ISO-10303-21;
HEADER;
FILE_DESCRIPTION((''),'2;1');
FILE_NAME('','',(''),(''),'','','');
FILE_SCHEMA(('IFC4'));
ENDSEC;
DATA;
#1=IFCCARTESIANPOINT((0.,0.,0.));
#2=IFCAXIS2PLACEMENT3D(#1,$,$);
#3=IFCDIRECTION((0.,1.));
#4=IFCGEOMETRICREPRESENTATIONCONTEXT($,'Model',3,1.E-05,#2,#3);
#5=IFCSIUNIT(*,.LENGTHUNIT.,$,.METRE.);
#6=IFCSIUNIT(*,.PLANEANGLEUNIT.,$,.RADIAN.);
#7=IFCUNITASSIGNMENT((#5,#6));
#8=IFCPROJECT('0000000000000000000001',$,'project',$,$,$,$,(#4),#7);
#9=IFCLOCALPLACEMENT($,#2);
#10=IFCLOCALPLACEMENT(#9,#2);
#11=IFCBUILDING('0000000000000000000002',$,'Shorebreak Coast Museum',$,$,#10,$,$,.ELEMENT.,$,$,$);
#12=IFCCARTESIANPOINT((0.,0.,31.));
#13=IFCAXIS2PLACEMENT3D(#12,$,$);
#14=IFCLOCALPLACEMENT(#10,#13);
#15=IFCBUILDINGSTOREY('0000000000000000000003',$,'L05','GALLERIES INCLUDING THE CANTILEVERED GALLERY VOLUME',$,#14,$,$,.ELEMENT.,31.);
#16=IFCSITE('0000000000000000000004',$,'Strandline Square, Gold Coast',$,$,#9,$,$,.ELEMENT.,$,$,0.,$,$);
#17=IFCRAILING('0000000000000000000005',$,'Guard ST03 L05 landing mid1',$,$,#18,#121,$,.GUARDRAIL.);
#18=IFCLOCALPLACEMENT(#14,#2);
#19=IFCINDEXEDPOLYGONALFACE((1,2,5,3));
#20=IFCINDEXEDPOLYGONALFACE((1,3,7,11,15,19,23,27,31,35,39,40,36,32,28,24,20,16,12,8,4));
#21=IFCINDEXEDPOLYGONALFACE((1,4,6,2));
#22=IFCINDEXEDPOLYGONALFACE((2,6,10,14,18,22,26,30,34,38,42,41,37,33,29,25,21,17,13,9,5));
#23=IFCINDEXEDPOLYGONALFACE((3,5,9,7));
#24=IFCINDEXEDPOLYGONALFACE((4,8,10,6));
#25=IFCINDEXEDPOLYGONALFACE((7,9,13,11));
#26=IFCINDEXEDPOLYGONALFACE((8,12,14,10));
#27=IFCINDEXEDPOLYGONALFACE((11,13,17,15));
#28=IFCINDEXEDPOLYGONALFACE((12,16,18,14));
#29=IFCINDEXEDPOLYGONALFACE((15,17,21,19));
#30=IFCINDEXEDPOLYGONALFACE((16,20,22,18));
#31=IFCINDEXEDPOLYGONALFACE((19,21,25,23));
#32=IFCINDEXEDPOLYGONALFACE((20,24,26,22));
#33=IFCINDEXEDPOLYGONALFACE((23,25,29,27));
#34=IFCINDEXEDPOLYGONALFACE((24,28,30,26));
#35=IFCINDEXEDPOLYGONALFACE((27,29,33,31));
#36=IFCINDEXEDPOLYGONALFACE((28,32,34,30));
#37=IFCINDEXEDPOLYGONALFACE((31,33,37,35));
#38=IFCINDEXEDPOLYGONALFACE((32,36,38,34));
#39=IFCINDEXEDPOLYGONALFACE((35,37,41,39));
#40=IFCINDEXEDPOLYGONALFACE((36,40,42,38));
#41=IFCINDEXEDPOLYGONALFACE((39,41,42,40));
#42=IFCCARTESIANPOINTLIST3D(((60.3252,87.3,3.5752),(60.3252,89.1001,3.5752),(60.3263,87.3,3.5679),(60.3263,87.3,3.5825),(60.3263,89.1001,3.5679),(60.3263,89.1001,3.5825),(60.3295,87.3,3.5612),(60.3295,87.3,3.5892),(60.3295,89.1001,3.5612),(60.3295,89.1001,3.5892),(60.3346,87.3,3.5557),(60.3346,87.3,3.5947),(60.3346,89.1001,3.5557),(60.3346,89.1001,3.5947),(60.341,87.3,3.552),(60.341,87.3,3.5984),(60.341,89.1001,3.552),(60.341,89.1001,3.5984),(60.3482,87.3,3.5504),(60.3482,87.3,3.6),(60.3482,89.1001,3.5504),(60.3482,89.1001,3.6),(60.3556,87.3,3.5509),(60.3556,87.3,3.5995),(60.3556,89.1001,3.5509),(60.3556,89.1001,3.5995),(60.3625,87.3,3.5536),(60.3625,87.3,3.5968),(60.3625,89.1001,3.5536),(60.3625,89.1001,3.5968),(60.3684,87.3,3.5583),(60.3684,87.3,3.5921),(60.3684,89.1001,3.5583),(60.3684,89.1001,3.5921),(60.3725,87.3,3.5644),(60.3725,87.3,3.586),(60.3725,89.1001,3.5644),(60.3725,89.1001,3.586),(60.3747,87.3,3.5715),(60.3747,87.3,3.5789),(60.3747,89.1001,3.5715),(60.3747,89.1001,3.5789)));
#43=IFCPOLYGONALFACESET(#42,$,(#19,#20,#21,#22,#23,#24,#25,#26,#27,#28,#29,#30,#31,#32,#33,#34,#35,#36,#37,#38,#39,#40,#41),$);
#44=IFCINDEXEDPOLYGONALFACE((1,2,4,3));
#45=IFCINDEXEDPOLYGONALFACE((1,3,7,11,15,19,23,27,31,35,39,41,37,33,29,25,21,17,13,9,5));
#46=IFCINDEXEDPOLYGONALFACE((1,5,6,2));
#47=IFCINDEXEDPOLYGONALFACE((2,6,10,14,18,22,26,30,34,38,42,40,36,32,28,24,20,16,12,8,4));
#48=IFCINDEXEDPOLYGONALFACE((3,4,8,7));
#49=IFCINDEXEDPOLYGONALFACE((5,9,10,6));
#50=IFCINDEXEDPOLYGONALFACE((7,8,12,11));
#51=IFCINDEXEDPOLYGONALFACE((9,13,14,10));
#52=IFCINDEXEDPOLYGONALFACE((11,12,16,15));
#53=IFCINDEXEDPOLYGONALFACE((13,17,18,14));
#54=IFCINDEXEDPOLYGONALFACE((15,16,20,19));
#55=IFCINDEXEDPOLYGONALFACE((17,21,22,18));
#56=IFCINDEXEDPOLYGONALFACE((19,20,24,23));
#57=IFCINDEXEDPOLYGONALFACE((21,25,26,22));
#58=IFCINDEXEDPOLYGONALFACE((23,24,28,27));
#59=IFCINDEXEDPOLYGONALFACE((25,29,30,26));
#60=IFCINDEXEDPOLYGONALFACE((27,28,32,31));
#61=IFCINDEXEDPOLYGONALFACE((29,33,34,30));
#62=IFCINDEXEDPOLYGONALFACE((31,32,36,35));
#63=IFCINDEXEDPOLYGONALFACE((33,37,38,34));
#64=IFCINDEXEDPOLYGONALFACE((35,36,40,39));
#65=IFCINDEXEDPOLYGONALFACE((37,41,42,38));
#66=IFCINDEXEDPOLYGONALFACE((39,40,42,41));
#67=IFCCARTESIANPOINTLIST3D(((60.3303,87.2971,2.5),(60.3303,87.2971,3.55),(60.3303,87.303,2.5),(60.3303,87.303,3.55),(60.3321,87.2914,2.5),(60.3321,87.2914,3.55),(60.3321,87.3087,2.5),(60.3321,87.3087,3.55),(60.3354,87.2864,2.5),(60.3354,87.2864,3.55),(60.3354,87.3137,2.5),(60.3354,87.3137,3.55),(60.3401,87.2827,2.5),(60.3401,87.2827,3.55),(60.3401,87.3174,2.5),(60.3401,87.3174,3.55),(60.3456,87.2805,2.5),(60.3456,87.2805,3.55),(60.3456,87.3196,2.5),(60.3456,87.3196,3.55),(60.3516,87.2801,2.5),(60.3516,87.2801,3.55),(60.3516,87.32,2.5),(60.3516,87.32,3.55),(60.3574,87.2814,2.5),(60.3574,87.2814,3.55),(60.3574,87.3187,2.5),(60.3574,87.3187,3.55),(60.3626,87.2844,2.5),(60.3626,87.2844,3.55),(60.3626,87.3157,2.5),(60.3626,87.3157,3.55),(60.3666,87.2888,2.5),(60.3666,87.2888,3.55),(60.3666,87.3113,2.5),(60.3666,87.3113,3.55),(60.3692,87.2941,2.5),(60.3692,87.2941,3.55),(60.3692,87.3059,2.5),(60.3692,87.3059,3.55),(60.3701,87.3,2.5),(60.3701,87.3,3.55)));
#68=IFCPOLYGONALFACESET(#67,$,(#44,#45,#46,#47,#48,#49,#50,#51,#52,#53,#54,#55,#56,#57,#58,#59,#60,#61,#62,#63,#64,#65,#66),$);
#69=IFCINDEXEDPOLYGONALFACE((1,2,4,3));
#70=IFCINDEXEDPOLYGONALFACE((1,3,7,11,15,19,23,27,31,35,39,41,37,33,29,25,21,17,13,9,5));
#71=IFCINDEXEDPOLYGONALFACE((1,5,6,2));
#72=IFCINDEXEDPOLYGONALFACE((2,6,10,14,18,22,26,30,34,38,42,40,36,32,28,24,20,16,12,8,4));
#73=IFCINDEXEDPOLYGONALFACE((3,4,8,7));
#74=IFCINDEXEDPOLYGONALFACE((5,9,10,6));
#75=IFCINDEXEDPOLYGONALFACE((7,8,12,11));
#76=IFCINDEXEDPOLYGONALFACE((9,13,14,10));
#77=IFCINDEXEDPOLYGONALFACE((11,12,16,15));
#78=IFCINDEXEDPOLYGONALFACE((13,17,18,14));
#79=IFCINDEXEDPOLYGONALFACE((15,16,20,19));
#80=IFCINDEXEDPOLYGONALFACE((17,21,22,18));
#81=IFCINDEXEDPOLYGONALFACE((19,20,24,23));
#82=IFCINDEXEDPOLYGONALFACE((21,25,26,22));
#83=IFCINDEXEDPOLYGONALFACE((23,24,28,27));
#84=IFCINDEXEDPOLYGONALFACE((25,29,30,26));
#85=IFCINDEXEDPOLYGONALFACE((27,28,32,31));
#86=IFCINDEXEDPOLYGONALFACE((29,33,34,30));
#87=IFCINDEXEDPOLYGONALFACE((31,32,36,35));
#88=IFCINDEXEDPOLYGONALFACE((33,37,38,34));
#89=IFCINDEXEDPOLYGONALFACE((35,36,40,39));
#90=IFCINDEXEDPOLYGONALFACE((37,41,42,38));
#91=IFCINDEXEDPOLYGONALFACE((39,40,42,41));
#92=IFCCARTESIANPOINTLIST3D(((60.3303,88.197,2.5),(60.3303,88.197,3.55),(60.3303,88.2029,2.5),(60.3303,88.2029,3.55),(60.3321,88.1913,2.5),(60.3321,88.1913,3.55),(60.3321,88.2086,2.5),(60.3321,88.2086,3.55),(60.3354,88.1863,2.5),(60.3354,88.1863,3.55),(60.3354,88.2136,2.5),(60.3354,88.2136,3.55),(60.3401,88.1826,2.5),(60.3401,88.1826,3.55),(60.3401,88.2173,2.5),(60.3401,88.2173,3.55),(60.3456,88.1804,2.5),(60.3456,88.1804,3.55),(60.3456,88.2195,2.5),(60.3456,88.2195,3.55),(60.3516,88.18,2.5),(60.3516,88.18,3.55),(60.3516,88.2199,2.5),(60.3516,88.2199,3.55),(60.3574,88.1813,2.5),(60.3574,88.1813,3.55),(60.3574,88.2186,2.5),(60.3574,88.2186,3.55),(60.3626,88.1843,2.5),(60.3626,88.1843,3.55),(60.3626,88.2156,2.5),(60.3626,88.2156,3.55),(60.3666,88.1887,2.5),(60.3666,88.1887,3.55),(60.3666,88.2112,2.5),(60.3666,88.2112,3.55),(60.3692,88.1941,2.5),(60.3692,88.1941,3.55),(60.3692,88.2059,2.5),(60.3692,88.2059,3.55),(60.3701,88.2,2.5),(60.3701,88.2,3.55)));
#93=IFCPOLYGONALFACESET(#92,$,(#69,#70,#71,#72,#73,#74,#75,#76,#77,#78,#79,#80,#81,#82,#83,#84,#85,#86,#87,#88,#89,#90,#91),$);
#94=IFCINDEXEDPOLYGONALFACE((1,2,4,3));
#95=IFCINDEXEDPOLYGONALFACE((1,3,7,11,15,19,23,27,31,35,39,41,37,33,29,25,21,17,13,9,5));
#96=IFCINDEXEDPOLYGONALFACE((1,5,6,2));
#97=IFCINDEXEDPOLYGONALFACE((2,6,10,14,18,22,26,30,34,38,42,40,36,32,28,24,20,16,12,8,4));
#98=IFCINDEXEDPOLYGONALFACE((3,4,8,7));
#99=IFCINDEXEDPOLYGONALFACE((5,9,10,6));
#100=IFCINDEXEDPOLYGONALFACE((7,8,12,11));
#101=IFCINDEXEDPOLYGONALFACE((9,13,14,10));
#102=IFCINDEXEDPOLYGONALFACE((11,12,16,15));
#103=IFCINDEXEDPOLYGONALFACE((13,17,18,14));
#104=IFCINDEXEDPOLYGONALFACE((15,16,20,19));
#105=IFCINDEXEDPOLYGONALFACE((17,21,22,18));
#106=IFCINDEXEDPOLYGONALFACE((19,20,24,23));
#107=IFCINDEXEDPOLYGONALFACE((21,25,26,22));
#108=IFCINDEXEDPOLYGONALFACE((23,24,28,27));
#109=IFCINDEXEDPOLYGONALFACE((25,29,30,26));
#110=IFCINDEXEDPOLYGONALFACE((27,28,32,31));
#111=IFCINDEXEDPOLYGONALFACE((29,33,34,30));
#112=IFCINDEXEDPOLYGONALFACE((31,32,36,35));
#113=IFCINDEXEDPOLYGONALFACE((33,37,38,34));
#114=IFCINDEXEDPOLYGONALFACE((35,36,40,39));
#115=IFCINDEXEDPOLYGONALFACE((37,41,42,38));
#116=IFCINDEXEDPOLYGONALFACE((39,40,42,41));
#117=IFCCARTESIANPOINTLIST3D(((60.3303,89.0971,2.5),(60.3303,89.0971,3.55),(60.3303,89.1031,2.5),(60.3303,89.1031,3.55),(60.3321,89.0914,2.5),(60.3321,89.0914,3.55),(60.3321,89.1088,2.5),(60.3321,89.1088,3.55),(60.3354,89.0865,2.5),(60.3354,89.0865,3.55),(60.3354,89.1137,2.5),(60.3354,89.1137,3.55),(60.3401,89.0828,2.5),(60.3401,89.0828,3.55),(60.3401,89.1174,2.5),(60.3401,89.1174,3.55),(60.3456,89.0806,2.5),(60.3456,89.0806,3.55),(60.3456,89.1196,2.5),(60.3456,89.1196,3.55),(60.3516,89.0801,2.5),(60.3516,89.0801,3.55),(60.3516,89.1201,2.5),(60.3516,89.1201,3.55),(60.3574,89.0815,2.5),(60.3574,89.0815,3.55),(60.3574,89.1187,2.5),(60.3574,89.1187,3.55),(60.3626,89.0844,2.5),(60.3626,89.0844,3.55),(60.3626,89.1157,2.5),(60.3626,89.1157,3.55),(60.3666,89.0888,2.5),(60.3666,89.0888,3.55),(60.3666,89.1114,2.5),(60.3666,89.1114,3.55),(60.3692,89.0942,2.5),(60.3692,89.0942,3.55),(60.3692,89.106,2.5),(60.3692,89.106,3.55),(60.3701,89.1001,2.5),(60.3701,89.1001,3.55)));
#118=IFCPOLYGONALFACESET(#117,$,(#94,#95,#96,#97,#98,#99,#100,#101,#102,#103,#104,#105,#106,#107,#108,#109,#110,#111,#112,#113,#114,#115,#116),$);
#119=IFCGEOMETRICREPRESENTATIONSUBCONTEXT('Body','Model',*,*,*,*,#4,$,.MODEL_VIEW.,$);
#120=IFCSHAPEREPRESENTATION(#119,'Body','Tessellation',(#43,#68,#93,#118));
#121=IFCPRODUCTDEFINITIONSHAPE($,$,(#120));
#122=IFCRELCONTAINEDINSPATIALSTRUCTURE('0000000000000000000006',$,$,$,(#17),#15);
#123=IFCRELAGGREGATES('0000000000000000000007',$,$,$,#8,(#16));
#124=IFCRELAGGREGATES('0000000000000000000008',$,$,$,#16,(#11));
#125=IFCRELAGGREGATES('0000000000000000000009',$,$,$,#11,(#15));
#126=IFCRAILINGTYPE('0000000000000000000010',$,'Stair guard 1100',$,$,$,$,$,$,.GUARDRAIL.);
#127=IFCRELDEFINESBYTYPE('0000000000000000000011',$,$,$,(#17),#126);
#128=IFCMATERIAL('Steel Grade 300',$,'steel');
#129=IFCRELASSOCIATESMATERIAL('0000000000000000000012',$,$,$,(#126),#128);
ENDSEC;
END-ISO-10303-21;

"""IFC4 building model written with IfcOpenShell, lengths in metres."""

from ifc_helpers import new_model, si_unit, direction, frame, origin, origin_2d, place, context, subcontext, project, spatial, circle, extrude, material, type_object, element, save


model = new_model("IFC4")

# Units and contexts
model_context = context("Model", 3, precision=1e-05, world=origin(), true_north=direction((0.0, 1.0)))
body_context = subcontext(model_context, "Body", "Model", "MODEL_VIEW")
ifc_project = project(units=[si_unit("LENGTHUNIT", "METRE"), si_unit("PLANEANGLEUNIT", "RADIAN")], contexts=[model_context])

# Site, building, storey
site_placement = place(None, origin())
site = spatial("IfcSite", under=ifc_project, at=site_placement, Name="Strandline Square, Gold Coast", CompositionType="ELEMENT", RefElevation=0.0)
building_placement = place(site_placement, origin())
building = spatial("IfcBuilding", under=site, at=building_placement, Name="Shorebreak Coast Museum", CompositionType="ELEMENT")
storey_placement = place(building_placement, frame((0.0, 0.0, 31.0)))
storey = spatial("IfcBuildingStorey", under=building, at=storey_placement, Name="L05", Description="GALLERIES INCLUDING THE CANTILEVERED GALLERY VOLUME", CompositionType="ELEMENT", Elevation=31.0)

# Railing
ifc_material_1 = material(Name="Steel Grade 300", Category="steel")
railing_type_1 = type_object("IfcRailingType", Name="Stair guard 1100", PredefinedType="GUARDRAIL", material=ifc_material_1)
for number, where, name in (
    (1, (60.3501, 87.3, 2.5), "Guard ST03 L05 landing mid1"),
):
    element("IfcRailing", number, at=place(storey_placement, frame(where)), inside=storey, type_object=railing_type_1, Name=name, PredefinedType="GUARDRAIL", context=body_context, shape_type="SweptSolid", body=[
        extrude(circle(Radius=0.0249, at=origin_2d()), frame((0.0, 0.0, 1.0752), z_axis=(0.0, 1.0, 0.0), x_axis=(-1.0, 0.0, 0.0)), (0.0, 0.0, 1.0), 1.8),
        extrude(circle(Radius=0.02, at=origin_2d()), origin(), (0.0, 0.0, 1.0), 1.05),
        extrude(circle(Radius=0.02, at=origin_2d()), frame((0.0, 0.8999, 0.0)), (0.0, 0.0, 1.0), 1.05),
        extrude(circle(Radius=0.02, at=origin_2d()), frame((0.0, 1.8, 0.0)), (0.0, 0.0, 1.0), 1.05),
    ])

save(model, "model.ifc")
